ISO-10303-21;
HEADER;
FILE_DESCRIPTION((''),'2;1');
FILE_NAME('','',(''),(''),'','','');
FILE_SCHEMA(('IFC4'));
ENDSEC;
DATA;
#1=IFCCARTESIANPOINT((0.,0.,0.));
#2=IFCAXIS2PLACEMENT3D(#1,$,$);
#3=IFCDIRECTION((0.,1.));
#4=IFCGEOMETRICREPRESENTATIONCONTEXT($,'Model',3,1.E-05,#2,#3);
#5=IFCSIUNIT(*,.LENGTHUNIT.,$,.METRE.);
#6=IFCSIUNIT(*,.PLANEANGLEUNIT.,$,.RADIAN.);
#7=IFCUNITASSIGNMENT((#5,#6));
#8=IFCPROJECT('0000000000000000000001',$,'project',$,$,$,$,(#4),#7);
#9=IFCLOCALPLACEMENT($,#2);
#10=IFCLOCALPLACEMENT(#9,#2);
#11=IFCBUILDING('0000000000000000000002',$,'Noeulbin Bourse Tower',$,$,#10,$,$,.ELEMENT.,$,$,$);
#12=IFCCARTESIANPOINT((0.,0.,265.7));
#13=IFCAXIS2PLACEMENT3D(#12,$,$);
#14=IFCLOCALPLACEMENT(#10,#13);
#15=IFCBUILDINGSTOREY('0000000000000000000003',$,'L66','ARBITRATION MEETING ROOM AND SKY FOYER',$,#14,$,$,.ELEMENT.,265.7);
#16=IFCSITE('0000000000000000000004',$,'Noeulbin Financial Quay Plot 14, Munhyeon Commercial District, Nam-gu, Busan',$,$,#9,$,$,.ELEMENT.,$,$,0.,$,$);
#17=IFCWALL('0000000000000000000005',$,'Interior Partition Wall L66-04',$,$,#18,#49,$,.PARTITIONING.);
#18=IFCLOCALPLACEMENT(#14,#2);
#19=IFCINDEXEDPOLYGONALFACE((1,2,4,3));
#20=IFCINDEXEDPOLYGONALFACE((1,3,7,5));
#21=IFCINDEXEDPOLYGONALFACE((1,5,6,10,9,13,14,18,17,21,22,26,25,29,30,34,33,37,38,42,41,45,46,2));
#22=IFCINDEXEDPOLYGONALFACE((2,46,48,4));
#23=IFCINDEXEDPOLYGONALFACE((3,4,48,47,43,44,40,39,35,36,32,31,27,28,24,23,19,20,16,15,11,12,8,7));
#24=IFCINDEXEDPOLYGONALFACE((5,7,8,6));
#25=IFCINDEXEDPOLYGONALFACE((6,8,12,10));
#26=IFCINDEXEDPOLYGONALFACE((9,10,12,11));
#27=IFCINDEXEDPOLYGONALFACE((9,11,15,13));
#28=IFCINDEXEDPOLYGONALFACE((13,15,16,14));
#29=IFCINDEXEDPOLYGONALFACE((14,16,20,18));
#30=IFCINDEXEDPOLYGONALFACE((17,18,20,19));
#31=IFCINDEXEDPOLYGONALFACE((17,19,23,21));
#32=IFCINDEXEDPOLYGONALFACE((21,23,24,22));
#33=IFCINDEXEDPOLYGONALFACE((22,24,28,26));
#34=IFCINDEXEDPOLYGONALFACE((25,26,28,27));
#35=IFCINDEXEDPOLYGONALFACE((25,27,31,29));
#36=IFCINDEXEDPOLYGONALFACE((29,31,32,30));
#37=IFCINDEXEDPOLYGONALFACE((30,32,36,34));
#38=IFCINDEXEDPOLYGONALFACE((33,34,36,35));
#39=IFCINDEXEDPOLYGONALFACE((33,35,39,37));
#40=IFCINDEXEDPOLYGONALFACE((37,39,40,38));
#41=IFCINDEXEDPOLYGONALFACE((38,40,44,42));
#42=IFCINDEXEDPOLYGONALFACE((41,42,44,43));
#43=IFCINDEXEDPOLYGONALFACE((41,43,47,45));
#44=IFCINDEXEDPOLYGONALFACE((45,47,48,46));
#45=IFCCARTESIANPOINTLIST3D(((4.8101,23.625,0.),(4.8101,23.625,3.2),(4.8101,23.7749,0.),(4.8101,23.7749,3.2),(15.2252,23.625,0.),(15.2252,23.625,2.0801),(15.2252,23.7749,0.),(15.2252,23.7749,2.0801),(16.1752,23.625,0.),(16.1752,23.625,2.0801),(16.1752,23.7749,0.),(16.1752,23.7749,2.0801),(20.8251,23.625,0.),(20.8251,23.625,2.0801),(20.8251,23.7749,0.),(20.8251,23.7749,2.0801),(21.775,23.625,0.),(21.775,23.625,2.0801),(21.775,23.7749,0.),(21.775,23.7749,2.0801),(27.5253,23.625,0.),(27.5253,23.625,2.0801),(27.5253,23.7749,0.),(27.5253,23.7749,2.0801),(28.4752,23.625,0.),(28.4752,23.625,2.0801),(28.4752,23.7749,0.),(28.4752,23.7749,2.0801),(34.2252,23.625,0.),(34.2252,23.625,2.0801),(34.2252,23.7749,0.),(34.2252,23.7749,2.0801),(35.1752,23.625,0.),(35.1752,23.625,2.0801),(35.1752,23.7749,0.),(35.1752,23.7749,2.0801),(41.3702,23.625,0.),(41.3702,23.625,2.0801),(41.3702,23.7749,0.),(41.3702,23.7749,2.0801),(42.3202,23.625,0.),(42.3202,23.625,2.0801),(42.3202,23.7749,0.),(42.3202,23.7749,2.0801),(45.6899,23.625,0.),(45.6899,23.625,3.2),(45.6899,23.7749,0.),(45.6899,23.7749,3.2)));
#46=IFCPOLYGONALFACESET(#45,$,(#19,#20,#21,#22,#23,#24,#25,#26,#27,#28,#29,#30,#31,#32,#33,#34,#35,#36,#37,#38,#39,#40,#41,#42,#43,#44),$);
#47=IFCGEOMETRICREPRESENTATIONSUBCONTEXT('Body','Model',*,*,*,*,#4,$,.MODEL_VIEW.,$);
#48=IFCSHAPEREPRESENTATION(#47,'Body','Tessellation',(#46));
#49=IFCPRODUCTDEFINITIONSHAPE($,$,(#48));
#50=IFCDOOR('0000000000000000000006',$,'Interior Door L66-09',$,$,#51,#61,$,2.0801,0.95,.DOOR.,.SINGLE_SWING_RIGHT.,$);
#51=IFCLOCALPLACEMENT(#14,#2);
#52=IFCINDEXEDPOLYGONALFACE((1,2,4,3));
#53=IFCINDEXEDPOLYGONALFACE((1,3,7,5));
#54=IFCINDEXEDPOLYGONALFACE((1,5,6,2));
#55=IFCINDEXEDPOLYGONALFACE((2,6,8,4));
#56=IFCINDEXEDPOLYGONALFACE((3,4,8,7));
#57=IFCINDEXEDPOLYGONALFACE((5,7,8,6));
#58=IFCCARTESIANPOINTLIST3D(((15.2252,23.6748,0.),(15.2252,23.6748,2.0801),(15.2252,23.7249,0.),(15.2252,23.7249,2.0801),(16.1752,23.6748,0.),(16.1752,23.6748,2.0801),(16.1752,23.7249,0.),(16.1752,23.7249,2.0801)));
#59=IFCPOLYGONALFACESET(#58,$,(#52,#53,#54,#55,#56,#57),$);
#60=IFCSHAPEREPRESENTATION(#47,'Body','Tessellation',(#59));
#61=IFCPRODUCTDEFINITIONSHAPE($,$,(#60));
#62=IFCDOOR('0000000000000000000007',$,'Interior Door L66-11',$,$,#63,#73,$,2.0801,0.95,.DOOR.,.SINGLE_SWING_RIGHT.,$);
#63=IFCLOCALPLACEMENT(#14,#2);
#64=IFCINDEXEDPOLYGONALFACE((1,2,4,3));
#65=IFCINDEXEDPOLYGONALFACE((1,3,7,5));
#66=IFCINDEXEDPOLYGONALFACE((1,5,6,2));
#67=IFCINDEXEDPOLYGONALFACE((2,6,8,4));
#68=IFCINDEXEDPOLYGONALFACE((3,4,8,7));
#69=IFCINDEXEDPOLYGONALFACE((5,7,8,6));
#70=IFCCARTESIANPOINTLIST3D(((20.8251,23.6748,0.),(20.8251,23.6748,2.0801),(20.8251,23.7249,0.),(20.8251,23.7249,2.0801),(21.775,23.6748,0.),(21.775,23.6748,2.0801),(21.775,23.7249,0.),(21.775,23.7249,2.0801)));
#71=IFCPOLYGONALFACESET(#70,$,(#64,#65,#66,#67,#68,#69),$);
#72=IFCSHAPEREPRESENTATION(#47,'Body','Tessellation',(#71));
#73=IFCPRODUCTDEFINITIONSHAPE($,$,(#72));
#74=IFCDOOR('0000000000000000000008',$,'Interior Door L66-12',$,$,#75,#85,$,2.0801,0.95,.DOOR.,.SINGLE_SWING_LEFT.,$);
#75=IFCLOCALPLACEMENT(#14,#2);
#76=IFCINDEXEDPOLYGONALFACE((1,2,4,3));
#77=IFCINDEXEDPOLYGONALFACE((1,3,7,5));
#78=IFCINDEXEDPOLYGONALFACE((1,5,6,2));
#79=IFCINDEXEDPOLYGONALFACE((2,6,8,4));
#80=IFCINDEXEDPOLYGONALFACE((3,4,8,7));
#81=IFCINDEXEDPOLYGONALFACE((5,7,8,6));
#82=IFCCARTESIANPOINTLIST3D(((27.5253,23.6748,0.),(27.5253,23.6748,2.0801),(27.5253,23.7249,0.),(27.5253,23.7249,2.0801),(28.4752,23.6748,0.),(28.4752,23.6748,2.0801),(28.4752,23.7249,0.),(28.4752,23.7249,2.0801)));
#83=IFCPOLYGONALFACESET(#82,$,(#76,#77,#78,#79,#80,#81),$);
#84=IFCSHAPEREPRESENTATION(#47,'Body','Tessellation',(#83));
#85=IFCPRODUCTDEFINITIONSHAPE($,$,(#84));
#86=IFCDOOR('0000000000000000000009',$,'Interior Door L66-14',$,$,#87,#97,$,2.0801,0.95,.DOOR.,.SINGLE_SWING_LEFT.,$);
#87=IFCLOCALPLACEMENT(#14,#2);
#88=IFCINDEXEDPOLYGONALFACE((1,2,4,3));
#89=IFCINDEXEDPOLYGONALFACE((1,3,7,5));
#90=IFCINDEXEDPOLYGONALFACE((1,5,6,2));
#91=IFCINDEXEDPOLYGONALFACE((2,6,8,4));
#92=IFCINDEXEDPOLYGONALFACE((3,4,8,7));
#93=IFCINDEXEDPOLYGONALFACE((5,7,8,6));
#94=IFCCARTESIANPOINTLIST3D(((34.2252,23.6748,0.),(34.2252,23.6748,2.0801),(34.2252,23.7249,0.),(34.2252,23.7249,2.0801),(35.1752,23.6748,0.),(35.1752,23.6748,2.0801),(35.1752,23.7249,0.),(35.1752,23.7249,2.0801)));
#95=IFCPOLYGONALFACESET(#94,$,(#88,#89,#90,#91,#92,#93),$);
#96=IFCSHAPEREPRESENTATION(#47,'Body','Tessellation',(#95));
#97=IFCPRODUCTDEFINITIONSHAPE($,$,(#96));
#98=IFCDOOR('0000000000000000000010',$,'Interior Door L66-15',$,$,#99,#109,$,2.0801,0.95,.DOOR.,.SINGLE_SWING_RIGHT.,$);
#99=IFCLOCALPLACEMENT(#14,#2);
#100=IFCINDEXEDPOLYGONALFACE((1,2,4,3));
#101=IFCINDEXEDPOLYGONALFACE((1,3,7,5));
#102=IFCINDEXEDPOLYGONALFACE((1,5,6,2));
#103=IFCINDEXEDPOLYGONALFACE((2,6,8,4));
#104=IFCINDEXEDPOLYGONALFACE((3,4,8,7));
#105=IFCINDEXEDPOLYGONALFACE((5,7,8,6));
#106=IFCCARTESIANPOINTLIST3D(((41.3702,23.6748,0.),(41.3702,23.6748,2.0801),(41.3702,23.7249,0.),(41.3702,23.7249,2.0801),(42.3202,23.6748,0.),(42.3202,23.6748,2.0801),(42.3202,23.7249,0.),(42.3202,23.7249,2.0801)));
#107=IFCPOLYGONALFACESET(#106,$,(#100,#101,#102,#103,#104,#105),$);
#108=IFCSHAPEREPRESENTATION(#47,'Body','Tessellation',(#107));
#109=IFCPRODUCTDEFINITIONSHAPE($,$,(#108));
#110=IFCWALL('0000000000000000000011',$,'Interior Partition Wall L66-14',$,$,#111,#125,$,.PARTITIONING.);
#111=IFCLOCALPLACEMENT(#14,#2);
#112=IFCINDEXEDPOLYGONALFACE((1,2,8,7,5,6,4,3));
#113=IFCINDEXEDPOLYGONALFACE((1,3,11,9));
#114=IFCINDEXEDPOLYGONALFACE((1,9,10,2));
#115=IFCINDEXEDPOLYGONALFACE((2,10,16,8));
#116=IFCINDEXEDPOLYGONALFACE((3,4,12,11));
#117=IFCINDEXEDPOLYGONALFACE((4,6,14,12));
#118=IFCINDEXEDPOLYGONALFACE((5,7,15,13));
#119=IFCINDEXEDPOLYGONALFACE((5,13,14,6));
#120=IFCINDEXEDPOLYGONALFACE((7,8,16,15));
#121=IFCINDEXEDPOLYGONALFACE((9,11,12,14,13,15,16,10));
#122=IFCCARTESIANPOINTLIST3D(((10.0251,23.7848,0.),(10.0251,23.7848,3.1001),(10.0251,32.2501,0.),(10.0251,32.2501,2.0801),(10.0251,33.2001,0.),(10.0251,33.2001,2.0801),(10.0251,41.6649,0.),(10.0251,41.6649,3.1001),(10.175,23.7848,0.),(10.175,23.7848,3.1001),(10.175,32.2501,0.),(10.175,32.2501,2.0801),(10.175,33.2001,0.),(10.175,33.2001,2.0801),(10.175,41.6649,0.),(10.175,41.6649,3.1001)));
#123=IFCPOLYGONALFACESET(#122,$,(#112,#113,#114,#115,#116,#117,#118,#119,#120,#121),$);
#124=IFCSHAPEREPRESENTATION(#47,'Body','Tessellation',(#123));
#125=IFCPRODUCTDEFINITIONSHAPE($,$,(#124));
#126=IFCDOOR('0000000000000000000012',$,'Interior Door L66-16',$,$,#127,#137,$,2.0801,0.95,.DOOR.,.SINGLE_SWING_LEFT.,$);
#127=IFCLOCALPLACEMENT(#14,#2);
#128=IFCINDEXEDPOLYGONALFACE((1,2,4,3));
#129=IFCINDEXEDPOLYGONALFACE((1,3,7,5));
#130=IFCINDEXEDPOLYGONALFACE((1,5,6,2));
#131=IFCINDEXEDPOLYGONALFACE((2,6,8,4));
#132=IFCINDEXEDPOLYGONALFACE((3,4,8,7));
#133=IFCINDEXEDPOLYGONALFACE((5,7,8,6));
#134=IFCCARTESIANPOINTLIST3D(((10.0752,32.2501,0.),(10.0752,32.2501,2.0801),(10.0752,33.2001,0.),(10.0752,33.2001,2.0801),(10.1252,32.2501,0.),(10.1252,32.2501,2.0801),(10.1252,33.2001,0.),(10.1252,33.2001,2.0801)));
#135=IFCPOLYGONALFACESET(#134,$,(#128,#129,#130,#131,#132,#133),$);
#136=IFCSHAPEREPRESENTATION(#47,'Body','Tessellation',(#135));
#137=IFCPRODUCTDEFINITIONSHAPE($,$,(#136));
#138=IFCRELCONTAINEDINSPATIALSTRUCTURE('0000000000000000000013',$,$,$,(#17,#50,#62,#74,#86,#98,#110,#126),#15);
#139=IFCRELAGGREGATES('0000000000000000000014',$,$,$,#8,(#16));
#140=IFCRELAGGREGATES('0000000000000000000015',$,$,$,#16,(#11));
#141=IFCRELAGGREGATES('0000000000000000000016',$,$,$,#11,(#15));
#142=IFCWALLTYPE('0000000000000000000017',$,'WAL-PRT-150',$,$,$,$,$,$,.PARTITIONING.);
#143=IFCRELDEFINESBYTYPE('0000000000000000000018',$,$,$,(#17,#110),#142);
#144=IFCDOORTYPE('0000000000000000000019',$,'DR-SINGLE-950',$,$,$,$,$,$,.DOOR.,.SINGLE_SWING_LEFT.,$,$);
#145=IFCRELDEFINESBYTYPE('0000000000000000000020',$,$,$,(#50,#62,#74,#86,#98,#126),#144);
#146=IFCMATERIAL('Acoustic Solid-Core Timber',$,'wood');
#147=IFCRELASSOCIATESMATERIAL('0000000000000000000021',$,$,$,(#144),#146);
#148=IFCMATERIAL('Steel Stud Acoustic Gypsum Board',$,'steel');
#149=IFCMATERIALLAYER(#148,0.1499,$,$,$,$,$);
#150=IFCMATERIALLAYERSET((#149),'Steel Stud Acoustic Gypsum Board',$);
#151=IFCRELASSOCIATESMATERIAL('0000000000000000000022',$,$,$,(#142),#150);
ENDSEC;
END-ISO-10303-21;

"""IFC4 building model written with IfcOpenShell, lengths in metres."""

from ifc_helpers import new_model, si_unit, direction, frame, frame_2d, origin, place, context, subcontext, project, spatial, rectangle, extrude, material, layer, layer_set, type_object, element, fill, save


model = new_model("IFC4")

# Units and contexts
model_context = context("Model", 3, precision=1e-05, world=origin(), true_north=direction((0.0, 1.0)))
body_context = subcontext(model_context, "Body", "Model", "MODEL_VIEW")
ifc_project = project(units=[si_unit("LENGTHUNIT", "METRE"), si_unit("PLANEANGLEUNIT", "RADIAN")], contexts=[model_context])

# Site, building, storey
site_placement = place(None, origin())
site = spatial("IfcSite", under=ifc_project, at=site_placement, Name="Noeulbin Financial Quay Plot 14, Munhyeon Commercial District, Nam-gu, Busan", CompositionType="ELEMENT", RefElevation=0.0)
building_placement = place(site_placement, origin())
building = spatial("IfcBuilding", under=site, at=building_placement, Name="Noeulbin Bourse Tower", CompositionType="ELEMENT")
storey_placement = place(building_placement, frame((0.0, 0.0, 265.7)))
storey = spatial("IfcBuildingStorey", under=building, at=storey_placement, Name="L66", Description="ARBITRATION MEETING ROOM AND SKY FOYER", CompositionType="ELEMENT", Elevation=265.7)

# Shared definitions
ifc_material_1 = material(Name="Acoustic Solid-Core Timber", Category="wood")
door_type = type_object("IfcDoorType", Name="DR-SINGLE-950", OperationType="SINGLE_SWING_LEFT", PredefinedType="DOOR", material=ifc_material_1)

# Wall, openings, doors
ifc_material_2 = material(Name="Steel Stud Acoustic Gypsum Board", Category="steel")
ifc_layer_1 = layer(ifc_material_2, 0.1499)
ifc_layer_set_1 = layer_set([ifc_layer_1], Name="Steel Stud Acoustic Gypsum Board")
wall_type_1 = type_object("IfcWallType", Name="WAL-PRT-150", PredefinedType="PARTITIONING", material=ifc_layer_set_1)
wall_1_placement = place(storey_placement, frame((4.8101, 23.7, 0.0), z_axis=(0.0, 0.0, 1.0), x_axis=(1.0, 0.0, 0.0)))
wall_1 = element("IfcWall", 1, at=wall_1_placement, inside=storey, type_object=wall_type_1, Name="Interior Partition Wall L66-04", PredefinedType="PARTITIONING", context=body_context, shape_type="SweptSolid", body=[
    extrude(rectangle(XDim=40.8799, YDim=0.1499, at=frame_2d((20.4399, 0.0))), origin(), (0.0, 0.0, 1.0), 3.2),
])
opening_1_placement = place(wall_1_placement, frame((10.415, 0.0, 0.0)))
opening_1 = element("IfcOpeningElement", 2, at=opening_1_placement, cuts=wall_1, PredefinedType="OPENING", context=body_context, shape_type="SweptSolid", body=[
    extrude(rectangle(XDim=0.95, YDim=2.0801, at=frame_2d((0.4751, 1.04))), frame((0.0, 0.085, 0.0), z_axis=(0.0, -1.0, 0.0), x_axis=(1.0, 0.0, 0.0)), (0.0, 0.0, 1.0), 0.1699),
])
opening_2_placement = place(wall_1_placement, frame((16.0149, 0.0, 0.0)))
opening_2 = element("IfcOpeningElement", 3, at=opening_2_placement, cuts=wall_1, PredefinedType="OPENING", context=body_context, shape_type="SweptSolid", body=[
    extrude(rectangle(XDim=0.95, YDim=2.0801, at=frame_2d((0.4751, 1.04))), frame((0.0, 0.085, 0.0), z_axis=(0.0, -1.0, 0.0), x_axis=(1.0, 0.0, 0.0)), (0.0, 0.0, 1.0), 0.1699),
])
opening_3_placement = place(wall_1_placement, frame((22.7151, 0.0, 0.0)))
opening_3 = element("IfcOpeningElement", 4, at=opening_3_placement, cuts=wall_1, PredefinedType="OPENING", context=body_context, shape_type="SweptSolid", body=[
    extrude(rectangle(XDim=0.95, YDim=2.0801, at=frame_2d((0.4751, 1.04))), frame((0.0, 0.085, 0.0), z_axis=(0.0, -1.0, 0.0), x_axis=(1.0, 0.0, 0.0)), (0.0, 0.0, 1.0), 0.1699),
])
opening_4_placement = place(wall_1_placement, frame((29.415, 0.0, 0.0)))
opening_4 = element("IfcOpeningElement", 5, at=opening_4_placement, cuts=wall_1, PredefinedType="OPENING", context=body_context, shape_type="SweptSolid", body=[
    extrude(rectangle(XDim=0.95, YDim=2.0801, at=frame_2d((0.4751, 1.04))), frame((0.0, 0.085, 0.0), z_axis=(0.0, -1.0, 0.0), x_axis=(1.0, 0.0, 0.0)), (0.0, 0.0, 1.0), 0.1699),
])
opening_5_placement = place(wall_1_placement, frame((36.5601, 0.0, 0.0)))
opening_5 = element("IfcOpeningElement", 6, at=opening_5_placement, cuts=wall_1, PredefinedType="OPENING", context=body_context, shape_type="SweptSolid", body=[
    extrude(rectangle(XDim=0.95, YDim=2.0801, at=frame_2d((0.4751, 1.04))), frame((0.0, 0.085, 0.0), z_axis=(0.0, -1.0, 0.0), x_axis=(1.0, 0.0, 0.0)), (0.0, 0.0, 1.0), 0.1699),
])
door_1_placement = place(opening_1_placement, origin())
door_1 = element("IfcDoor", 7, at=door_1_placement, inside=storey, type_object=door_type, Name="Interior Door L66-09", OperationType="SINGLE_SWING_RIGHT", OverallHeight=2.0801, OverallWidth=0.95, PredefinedType="DOOR", context=body_context, shape_type="SweptSolid", body=[
    extrude(rectangle(XDim=0.95, YDim=2.0801, at=frame_2d((0.4751, 1.04))), frame((0.0, 0.0249, 0.0), z_axis=(0.0, -1.0, 0.0), x_axis=(1.0, 0.0, 0.0)), (0.0, 0.0, 1.0), 0.05),
])
fill(opening_1, door_1)
door_2_placement = place(opening_2_placement, origin())
door_2 = element("IfcDoor", 8, at=door_2_placement, inside=storey, type_object=door_type, Name="Interior Door L66-11", OperationType="SINGLE_SWING_RIGHT", OverallHeight=2.0801, OverallWidth=0.95, PredefinedType="DOOR", context=body_context, shape_type="SweptSolid", body=[
    extrude(rectangle(XDim=0.95, YDim=2.0801, at=frame_2d((0.4751, 1.04))), frame((0.0, 0.0249, 0.0), z_axis=(0.0, -1.0, 0.0), x_axis=(1.0, 0.0, 0.0)), (0.0, 0.0, 1.0), 0.05),
])
fill(opening_2, door_2)
door_3_placement = place(opening_3_placement, origin())
door_3 = element("IfcDoor", 9, at=door_3_placement, inside=storey, type_object=door_type, Name="Interior Door L66-12", OperationType="SINGLE_SWING_LEFT", OverallHeight=2.0801, OverallWidth=0.95, PredefinedType="DOOR", context=body_context, shape_type="SweptSolid", body=[
    extrude(rectangle(XDim=0.95, YDim=2.0801, at=frame_2d((0.4751, 1.04))), frame((0.0, 0.0249, 0.0), z_axis=(0.0, -1.0, 0.0), x_axis=(1.0, 0.0, 0.0)), (0.0, 0.0, 1.0), 0.05),
])
fill(opening_3, door_3)
door_4_placement = place(opening_4_placement, origin())
door_4 = element("IfcDoor", 10, at=door_4_placement, inside=storey, type_object=door_type, Name="Interior Door L66-14", OperationType="SINGLE_SWING_LEFT", OverallHeight=2.0801, OverallWidth=0.95, PredefinedType="DOOR", context=body_context, shape_type="SweptSolid", body=[
    extrude(rectangle(XDim=0.95, YDim=2.0801, at=frame_2d((0.4751, 1.04))), frame((0.0, 0.0249, 0.0), z_axis=(0.0, -1.0, 0.0), x_axis=(1.0, 0.0, 0.0)), (0.0, 0.0, 1.0), 0.05),
])
fill(opening_4, door_4)
door_5_placement = place(opening_5_placement, origin())
door_5 = element("IfcDoor", 11, at=door_5_placement, inside=storey, type_object=door_type, Name="Interior Door L66-15", OperationType="SINGLE_SWING_RIGHT", OverallHeight=2.0801, OverallWidth=0.95, PredefinedType="DOOR", context=body_context, shape_type="SweptSolid", body=[
    extrude(rectangle(XDim=0.95, YDim=2.0801, at=frame_2d((0.4751, 1.04))), frame((0.0, 0.0249, 0.0), z_axis=(0.0, -1.0, 0.0), x_axis=(1.0, 0.0, 0.0)), (0.0, 0.0, 1.0), 0.05),
])
fill(opening_5, door_5)

# Wall, opening, door
wall_2_placement = place(storey_placement, frame((10.1001, 23.7849, 0.0), z_axis=(0.0, 0.0, 1.0), x_axis=(0.0, 1.0, 0.0)))
wall_2 = element("IfcWall", 12, at=wall_2_placement, inside=storey, type_object=wall_type_1, Name="Interior Partition Wall L66-14", PredefinedType="PARTITIONING", context=body_context, shape_type="SweptSolid", body=[
    extrude(rectangle(XDim=17.8801, YDim=0.1499, at=frame_2d((8.9399, 0.0))), origin(), (0.0, 0.0, 1.0), 3.1001),
])
opening_6_placement = place(wall_2_placement, frame((8.4651, 0.0, 0.0)))
opening_6 = element("IfcOpeningElement", 13, at=opening_6_placement, cuts=wall_2, PredefinedType="OPENING", context=body_context, shape_type="SweptSolid", body=[
    extrude(rectangle(XDim=0.95, YDim=2.0801, at=frame_2d((0.4751, 1.04))), frame((0.0, 0.085, 0.0), z_axis=(0.0, -1.0, 0.0), x_axis=(1.0, 0.0, 0.0)), (0.0, 0.0, 1.0), 0.1699),
])
door_6_placement = place(opening_6_placement, origin())
door_6 = element("IfcDoor", 14, at=door_6_placement, inside=storey, type_object=door_type, Name="Interior Door L66-16", OperationType="SINGLE_SWING_LEFT", OverallHeight=2.0801, OverallWidth=0.95, PredefinedType="DOOR", context=body_context, shape_type="SweptSolid", body=[
    extrude(rectangle(XDim=0.95, YDim=2.0801, at=frame_2d((0.4751, 1.04))), frame((0.0, 0.0249, 0.0), z_axis=(0.0, -1.0, 0.0), x_axis=(1.0, 0.0, 0.0)), (0.0, 0.0, 1.0), 0.05),
])
fill(opening_6, door_6)

save(model, "model.ifc")
